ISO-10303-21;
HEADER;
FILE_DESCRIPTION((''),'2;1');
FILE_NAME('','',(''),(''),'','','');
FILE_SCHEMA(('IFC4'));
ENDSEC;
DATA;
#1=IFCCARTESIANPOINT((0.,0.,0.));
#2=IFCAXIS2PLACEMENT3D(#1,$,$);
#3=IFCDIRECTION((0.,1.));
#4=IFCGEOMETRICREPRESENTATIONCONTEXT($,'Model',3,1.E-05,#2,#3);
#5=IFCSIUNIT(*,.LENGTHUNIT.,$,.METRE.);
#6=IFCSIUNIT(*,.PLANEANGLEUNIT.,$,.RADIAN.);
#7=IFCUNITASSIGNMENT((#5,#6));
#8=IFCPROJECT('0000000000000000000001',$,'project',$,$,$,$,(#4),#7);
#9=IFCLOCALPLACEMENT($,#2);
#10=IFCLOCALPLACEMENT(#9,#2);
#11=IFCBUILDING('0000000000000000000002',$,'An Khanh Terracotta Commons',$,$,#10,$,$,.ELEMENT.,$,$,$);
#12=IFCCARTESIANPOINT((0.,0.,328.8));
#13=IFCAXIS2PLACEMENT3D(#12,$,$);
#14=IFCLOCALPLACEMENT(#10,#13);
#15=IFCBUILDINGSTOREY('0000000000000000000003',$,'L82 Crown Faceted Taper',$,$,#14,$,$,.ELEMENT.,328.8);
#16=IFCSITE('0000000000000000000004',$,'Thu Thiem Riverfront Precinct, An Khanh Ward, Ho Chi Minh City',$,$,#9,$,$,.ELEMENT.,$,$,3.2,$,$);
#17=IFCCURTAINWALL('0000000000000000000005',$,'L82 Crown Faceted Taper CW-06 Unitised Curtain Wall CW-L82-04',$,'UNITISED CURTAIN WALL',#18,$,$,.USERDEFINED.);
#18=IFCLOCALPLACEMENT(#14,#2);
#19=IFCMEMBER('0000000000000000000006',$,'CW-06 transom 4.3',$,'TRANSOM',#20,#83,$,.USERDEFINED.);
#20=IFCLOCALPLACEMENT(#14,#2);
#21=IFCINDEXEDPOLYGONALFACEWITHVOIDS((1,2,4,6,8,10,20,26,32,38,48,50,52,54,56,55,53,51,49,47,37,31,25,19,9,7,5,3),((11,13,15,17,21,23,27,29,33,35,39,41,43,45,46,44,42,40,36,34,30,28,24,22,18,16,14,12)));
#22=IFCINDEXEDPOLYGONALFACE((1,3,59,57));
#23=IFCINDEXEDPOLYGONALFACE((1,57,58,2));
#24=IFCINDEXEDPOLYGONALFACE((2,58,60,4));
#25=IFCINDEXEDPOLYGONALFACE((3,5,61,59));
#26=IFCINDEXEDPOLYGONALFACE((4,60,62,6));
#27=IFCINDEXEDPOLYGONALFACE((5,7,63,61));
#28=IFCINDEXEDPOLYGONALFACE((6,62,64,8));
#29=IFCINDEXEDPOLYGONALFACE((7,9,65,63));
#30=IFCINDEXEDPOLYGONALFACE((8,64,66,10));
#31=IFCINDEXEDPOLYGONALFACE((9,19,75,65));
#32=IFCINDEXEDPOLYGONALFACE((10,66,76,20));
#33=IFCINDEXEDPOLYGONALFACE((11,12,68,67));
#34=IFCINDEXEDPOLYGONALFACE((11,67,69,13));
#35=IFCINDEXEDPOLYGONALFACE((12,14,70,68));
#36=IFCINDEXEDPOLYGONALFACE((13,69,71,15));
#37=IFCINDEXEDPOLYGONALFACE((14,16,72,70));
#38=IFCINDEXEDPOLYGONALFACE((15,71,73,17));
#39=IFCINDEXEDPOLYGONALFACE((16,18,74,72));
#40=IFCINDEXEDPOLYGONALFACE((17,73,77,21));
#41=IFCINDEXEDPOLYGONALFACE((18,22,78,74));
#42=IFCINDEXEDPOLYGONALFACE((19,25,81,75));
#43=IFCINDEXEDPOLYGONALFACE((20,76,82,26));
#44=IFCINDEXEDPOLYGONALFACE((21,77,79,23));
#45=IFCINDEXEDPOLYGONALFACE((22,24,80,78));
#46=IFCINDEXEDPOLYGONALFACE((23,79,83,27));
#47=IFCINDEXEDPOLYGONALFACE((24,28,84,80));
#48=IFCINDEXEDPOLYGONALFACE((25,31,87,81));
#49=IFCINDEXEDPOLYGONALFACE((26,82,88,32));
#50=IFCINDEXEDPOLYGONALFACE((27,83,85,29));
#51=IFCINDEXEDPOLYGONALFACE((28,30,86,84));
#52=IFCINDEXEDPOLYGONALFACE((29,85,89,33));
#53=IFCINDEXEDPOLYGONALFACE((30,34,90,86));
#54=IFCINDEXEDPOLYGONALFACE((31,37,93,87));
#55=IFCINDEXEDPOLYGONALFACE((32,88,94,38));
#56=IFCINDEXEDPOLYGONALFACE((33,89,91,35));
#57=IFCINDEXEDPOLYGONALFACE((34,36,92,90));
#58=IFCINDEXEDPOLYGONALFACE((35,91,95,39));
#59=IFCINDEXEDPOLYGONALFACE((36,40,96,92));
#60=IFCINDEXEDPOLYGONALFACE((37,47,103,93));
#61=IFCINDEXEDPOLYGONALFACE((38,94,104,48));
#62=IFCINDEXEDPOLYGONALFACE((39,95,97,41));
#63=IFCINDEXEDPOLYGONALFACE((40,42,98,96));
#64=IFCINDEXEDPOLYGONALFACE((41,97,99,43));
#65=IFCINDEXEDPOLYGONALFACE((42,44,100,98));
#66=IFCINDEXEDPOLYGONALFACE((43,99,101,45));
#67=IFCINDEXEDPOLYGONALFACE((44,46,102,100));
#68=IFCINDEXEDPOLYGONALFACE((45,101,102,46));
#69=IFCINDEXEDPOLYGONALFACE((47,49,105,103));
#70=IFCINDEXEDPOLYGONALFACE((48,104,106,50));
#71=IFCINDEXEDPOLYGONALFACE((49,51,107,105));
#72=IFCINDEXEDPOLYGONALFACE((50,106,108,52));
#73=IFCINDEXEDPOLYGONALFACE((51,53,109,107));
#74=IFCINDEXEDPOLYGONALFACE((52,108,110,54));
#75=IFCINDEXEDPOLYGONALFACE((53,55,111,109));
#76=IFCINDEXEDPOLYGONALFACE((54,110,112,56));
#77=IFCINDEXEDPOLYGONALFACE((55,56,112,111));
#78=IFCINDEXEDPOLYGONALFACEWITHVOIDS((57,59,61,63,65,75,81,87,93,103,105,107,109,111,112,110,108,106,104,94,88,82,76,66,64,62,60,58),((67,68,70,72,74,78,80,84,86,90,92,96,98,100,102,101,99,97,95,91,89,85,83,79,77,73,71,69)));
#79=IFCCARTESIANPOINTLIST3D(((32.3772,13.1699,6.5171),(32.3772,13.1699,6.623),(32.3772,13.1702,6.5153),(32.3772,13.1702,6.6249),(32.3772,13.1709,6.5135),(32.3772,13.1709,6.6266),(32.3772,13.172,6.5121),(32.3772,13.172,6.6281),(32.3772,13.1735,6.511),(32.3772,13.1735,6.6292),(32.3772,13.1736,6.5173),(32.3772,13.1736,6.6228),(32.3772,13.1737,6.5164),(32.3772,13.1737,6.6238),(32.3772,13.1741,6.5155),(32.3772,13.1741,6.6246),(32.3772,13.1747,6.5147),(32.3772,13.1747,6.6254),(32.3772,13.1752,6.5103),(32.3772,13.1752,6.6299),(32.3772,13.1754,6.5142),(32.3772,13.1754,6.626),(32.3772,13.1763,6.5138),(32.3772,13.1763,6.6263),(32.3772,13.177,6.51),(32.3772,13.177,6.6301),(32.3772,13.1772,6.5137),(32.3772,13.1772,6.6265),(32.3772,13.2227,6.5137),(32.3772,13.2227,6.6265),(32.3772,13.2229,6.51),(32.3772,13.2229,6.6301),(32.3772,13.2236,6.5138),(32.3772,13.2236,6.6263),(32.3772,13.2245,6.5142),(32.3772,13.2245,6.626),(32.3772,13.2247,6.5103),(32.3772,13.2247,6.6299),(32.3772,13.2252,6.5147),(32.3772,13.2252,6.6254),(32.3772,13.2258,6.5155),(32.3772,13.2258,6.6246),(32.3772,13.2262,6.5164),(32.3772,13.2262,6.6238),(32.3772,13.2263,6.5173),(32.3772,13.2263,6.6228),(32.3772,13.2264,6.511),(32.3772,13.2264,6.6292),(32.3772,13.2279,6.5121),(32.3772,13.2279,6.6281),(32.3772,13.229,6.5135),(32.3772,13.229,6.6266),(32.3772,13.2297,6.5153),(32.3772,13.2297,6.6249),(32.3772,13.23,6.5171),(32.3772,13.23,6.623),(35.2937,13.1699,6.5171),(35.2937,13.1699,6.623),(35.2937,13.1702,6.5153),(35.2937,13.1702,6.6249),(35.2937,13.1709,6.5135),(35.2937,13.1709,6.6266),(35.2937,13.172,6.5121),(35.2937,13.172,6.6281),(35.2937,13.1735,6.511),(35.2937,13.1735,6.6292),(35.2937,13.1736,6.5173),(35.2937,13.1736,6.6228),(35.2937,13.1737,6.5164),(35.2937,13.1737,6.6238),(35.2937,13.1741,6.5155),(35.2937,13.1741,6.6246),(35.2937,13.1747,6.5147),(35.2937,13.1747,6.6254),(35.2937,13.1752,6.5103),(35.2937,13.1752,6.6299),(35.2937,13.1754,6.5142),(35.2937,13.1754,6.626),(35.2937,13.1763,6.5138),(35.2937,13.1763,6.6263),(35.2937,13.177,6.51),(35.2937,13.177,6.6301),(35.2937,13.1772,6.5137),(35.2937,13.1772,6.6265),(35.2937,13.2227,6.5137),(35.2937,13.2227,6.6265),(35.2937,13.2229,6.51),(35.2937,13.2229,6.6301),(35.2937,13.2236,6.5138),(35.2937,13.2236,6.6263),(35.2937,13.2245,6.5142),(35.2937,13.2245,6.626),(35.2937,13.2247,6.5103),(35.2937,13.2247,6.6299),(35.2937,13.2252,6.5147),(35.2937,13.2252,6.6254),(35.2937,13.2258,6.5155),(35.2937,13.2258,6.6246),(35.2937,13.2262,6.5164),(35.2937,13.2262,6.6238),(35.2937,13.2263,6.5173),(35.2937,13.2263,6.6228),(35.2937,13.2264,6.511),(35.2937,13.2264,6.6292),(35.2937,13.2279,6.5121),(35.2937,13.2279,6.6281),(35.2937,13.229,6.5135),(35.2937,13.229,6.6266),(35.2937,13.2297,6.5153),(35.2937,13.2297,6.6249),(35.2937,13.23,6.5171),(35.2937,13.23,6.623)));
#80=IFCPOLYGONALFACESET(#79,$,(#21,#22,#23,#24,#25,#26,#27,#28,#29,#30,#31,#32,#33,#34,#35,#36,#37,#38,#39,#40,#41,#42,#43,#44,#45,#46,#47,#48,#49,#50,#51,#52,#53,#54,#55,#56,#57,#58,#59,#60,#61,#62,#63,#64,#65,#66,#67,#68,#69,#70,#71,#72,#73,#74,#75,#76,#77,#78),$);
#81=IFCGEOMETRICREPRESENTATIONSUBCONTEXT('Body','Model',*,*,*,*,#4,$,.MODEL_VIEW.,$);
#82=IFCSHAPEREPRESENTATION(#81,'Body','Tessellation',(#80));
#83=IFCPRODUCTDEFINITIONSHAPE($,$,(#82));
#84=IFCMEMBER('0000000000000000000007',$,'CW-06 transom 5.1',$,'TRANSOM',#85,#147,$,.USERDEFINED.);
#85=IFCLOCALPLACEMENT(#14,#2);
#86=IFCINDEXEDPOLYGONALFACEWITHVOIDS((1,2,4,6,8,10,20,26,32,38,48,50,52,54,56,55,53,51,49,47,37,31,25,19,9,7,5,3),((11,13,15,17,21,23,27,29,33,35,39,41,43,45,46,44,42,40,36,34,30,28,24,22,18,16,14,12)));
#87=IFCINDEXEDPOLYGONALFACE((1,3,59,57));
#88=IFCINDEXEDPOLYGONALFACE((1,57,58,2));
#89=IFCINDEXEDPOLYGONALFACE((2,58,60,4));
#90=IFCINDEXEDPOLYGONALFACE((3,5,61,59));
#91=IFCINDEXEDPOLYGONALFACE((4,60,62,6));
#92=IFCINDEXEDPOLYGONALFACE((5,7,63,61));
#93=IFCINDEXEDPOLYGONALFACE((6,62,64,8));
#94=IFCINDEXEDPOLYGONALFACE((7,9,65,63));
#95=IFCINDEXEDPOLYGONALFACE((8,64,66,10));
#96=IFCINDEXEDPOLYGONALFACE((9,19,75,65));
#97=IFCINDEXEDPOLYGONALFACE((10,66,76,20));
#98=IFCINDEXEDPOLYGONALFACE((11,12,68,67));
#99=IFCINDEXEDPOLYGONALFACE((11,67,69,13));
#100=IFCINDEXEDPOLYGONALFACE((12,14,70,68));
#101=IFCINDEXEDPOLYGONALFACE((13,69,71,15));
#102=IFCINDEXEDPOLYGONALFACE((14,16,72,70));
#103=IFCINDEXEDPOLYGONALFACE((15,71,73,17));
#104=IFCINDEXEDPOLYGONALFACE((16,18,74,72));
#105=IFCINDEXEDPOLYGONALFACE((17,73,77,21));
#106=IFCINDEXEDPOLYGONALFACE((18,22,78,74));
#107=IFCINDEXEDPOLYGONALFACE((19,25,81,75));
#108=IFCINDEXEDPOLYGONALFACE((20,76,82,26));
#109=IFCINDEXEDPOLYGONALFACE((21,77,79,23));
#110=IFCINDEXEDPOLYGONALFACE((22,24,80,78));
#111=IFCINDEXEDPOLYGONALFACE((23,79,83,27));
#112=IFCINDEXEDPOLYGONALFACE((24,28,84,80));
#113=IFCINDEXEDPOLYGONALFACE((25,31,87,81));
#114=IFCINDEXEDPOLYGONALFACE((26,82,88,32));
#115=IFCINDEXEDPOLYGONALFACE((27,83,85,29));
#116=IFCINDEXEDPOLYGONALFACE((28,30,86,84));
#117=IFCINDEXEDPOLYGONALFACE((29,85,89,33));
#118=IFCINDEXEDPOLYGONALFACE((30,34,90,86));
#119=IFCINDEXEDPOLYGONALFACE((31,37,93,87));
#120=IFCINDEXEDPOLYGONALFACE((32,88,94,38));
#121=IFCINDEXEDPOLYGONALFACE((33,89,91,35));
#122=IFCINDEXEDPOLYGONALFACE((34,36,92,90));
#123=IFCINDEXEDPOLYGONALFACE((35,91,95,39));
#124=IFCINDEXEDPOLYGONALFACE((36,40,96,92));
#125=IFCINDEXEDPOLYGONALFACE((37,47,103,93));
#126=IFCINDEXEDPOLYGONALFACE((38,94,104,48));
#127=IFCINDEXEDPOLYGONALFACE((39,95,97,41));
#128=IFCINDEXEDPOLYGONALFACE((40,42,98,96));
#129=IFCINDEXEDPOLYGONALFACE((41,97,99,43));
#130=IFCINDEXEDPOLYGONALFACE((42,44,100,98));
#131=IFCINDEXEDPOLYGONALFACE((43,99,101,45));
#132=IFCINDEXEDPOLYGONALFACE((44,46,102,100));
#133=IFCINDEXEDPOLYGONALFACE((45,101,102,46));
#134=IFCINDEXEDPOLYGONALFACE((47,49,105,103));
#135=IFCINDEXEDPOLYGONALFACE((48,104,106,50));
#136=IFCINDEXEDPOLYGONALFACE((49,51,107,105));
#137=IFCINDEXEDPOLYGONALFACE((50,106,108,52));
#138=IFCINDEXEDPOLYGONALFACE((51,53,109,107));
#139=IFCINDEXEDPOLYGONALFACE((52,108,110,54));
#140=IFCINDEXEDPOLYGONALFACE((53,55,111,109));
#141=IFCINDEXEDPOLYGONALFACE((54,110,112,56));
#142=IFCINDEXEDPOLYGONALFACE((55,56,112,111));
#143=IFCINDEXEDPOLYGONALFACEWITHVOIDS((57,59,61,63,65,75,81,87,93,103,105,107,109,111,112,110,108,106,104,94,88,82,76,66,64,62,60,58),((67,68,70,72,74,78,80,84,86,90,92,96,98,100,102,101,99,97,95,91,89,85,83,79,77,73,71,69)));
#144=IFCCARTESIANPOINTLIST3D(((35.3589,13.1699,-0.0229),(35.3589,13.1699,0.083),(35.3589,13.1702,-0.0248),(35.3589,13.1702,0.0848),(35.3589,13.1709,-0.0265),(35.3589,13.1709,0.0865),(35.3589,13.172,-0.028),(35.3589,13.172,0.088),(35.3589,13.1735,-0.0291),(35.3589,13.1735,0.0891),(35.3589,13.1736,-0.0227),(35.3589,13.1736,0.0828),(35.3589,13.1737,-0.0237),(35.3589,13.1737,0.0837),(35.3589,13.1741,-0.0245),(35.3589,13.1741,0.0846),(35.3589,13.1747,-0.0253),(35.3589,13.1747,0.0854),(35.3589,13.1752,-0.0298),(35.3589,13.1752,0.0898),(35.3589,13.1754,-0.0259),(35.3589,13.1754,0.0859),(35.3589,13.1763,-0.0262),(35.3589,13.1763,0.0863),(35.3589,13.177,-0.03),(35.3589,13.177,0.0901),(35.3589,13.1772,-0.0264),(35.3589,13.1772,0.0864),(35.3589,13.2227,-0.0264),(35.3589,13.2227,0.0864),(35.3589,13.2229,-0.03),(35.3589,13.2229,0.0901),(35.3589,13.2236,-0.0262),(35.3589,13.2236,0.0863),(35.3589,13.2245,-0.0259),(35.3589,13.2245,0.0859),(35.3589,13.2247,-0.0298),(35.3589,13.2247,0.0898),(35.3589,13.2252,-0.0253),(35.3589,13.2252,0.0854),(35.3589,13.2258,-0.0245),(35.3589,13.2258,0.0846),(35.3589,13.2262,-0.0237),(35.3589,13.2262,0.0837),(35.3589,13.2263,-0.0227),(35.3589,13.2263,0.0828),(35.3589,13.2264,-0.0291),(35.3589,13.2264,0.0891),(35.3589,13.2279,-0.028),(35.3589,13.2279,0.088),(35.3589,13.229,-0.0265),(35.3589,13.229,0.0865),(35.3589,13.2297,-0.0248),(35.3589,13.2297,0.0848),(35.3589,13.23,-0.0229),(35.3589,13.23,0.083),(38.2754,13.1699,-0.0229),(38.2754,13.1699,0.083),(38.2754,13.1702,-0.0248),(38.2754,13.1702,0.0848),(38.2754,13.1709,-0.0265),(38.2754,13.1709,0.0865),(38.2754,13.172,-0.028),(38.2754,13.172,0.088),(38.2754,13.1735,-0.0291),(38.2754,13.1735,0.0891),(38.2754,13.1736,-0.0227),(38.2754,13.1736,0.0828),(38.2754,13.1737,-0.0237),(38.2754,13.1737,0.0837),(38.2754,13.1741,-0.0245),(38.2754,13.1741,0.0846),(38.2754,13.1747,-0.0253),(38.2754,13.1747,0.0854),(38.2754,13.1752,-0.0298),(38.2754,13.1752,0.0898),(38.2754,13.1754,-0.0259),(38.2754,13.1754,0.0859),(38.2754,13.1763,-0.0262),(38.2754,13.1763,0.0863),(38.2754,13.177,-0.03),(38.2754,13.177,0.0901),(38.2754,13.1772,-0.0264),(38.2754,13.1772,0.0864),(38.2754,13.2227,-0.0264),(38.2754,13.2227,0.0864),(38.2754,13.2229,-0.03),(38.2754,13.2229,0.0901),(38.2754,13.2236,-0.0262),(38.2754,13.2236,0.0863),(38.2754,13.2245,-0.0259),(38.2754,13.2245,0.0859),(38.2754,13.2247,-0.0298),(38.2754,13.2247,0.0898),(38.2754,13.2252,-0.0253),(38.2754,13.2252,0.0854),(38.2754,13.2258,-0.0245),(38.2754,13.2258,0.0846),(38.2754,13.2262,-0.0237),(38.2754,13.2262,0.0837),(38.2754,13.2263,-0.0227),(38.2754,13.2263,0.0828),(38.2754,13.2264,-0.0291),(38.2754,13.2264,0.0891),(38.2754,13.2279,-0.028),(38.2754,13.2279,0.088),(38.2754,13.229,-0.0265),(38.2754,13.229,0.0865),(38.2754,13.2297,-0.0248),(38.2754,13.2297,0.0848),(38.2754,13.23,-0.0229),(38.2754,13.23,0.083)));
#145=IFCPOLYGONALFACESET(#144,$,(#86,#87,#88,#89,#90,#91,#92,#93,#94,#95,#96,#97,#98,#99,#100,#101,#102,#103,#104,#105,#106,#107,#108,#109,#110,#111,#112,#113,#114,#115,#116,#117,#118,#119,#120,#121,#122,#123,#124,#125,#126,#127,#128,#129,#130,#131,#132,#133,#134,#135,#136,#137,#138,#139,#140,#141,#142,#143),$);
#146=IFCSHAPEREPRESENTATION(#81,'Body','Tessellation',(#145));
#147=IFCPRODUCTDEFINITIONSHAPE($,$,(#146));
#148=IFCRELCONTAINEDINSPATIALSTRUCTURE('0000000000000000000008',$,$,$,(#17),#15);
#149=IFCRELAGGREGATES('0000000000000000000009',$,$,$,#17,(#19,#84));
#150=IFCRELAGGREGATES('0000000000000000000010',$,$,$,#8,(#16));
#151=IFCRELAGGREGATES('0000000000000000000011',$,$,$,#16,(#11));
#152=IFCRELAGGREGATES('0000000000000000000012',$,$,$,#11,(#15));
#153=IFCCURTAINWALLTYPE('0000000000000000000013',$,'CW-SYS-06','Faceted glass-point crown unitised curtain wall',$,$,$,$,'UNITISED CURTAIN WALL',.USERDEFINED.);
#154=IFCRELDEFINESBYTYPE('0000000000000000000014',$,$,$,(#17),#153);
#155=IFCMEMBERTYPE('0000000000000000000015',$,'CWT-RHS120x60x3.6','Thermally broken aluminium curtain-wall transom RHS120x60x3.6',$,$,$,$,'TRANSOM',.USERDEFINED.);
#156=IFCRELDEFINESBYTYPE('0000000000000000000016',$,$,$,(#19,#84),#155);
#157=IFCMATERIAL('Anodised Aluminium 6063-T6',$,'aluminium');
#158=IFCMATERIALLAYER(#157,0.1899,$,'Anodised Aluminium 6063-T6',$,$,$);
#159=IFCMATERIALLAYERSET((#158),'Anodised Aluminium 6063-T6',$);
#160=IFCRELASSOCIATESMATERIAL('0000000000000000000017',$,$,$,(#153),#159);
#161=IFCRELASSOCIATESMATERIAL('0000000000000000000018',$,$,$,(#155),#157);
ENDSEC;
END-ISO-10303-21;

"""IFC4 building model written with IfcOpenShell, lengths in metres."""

from ifc_helpers import new_model, si_unit, direction, frame, origin, origin_2d, place, context, subcontext, project, spatial, hollow_rectangle, extrude, material, layer, layer_set, material_profile, profile_set, type_object, element, aggregate, save


model = new_model("IFC4")

# Units and contexts
model_context = context("Model", 3, precision=1e-05, world=origin(), true_north=direction((0.0, 1.0)))
body_context = subcontext(model_context, "Body", "Model", "MODEL_VIEW")
ifc_project = project(units=[si_unit("LENGTHUNIT", "METRE"), si_unit("PLANEANGLEUNIT", "RADIAN")], contexts=[model_context])

# Site, building, storey
site_placement = place(None, origin())
site = spatial("IfcSite", under=ifc_project, at=site_placement, Name="Thu Thiem Riverfront Precinct, An Khanh Ward, Ho Chi Minh City", CompositionType="ELEMENT", RefElevation=3.2)
building_placement = place(site_placement, origin())
building = spatial("IfcBuilding", under=site, at=building_placement, Name="An Khanh Terracotta Commons", CompositionType="ELEMENT")
storey_placement = place(building_placement, frame((0.0, 0.0, 328.8)))
storey = spatial("IfcBuildingStorey", under=building, at=storey_placement, Name="L82 Crown Faceted Taper", CompositionType="ELEMENT", Elevation=328.8)

# Curtain wall, members
ifc_material_1 = material(Name="Anodised Aluminium 6063-T6", Category="aluminium")
ifc_layer_1 = layer(ifc_material_1, 0.1899, Name="Anodised Aluminium 6063-T6")
ifc_layer_set_1 = layer_set([ifc_layer_1], Name="Anodised Aluminium 6063-T6")
curtain_wall_type = type_object("IfcCurtainWallType", Name="CW-SYS-06", Description="Faceted glass-point crown unitised curtain wall", ElementType="UNITISED CURTAIN WALL", PredefinedType="USERDEFINED", material=ifc_layer_set_1)
curtain_wall_placement = place(storey_placement, origin())
curtain_wall = element("IfcCurtainWall", 1, at=curtain_wall_placement, inside=storey, type_object=curtain_wall_type, Name="L82 Crown Faceted Taper CW-06 Unitised Curtain Wall CW-L82-04", ObjectType="UNITISED CURTAIN WALL", PredefinedType="USERDEFINED")
ifc_material_profile_1 = material_profile(ifc_material_1, hollow_rectangle(XDim=0.0601, YDim=0.1201, WallThickness=0.0037, InnerFilletRadius=0.0037, OuterFilletRadius=0.0071, at=origin_2d()), Name="RHS120x60x3.6")
ifc_profile_set_1 = profile_set([ifc_material_profile_1], Name="Anodised Aluminium 6063-T6")
member_type_1 = type_object("IfcMemberType", Name="CWT-RHS120x60x3.6", Description="Thermally broken aluminium curtain-wall transom RHS120x60x3.6", ElementType="TRANSOM", PredefinedType="USERDEFINED", material=ifc_profile_set_1)
member_1_placement = place(storey_placement, frame((32.3772, 13.2, 6.5701), z_axis=(1.0, 0.0, 0.0), x_axis=(0.0, 1.0, 0.0)))
member_1 = element("IfcMember", 2, at=member_1_placement, type_object=member_type_1, Name="CW-06 transom 4.3", ObjectType="TRANSOM", PredefinedType="USERDEFINED", context=body_context, shape_type="SweptSolid", body=[
    extrude(hollow_rectangle(XDim=0.0601, YDim=0.1201, WallThickness=0.0037, InnerFilletRadius=0.0037, OuterFilletRadius=0.0071, at=origin_2d()), origin(), (0.0, 0.0, 1.0), 2.9165),
])
member_2_placement = place(storey_placement, frame((35.3589, 13.2, 0.03), z_axis=(1.0, 0.0, 0.0), x_axis=(0.0, 1.0, 0.0)))
member_2 = element("IfcMember", 3, at=member_2_placement, type_object=member_type_1, Name="CW-06 transom 5.1", ObjectType="TRANSOM", PredefinedType="USERDEFINED", context=body_context, shape_type="SweptSolid", body=[
    extrude(hollow_rectangle(XDim=0.0601, YDim=0.1201, WallThickness=0.0037, InnerFilletRadius=0.0037, OuterFilletRadius=0.0071, at=origin_2d()), origin(), (0.0, 0.0, 1.0), 2.9165),
])
aggregate(curtain_wall, [member_1, member_2])

save(model, "model.ifc")
